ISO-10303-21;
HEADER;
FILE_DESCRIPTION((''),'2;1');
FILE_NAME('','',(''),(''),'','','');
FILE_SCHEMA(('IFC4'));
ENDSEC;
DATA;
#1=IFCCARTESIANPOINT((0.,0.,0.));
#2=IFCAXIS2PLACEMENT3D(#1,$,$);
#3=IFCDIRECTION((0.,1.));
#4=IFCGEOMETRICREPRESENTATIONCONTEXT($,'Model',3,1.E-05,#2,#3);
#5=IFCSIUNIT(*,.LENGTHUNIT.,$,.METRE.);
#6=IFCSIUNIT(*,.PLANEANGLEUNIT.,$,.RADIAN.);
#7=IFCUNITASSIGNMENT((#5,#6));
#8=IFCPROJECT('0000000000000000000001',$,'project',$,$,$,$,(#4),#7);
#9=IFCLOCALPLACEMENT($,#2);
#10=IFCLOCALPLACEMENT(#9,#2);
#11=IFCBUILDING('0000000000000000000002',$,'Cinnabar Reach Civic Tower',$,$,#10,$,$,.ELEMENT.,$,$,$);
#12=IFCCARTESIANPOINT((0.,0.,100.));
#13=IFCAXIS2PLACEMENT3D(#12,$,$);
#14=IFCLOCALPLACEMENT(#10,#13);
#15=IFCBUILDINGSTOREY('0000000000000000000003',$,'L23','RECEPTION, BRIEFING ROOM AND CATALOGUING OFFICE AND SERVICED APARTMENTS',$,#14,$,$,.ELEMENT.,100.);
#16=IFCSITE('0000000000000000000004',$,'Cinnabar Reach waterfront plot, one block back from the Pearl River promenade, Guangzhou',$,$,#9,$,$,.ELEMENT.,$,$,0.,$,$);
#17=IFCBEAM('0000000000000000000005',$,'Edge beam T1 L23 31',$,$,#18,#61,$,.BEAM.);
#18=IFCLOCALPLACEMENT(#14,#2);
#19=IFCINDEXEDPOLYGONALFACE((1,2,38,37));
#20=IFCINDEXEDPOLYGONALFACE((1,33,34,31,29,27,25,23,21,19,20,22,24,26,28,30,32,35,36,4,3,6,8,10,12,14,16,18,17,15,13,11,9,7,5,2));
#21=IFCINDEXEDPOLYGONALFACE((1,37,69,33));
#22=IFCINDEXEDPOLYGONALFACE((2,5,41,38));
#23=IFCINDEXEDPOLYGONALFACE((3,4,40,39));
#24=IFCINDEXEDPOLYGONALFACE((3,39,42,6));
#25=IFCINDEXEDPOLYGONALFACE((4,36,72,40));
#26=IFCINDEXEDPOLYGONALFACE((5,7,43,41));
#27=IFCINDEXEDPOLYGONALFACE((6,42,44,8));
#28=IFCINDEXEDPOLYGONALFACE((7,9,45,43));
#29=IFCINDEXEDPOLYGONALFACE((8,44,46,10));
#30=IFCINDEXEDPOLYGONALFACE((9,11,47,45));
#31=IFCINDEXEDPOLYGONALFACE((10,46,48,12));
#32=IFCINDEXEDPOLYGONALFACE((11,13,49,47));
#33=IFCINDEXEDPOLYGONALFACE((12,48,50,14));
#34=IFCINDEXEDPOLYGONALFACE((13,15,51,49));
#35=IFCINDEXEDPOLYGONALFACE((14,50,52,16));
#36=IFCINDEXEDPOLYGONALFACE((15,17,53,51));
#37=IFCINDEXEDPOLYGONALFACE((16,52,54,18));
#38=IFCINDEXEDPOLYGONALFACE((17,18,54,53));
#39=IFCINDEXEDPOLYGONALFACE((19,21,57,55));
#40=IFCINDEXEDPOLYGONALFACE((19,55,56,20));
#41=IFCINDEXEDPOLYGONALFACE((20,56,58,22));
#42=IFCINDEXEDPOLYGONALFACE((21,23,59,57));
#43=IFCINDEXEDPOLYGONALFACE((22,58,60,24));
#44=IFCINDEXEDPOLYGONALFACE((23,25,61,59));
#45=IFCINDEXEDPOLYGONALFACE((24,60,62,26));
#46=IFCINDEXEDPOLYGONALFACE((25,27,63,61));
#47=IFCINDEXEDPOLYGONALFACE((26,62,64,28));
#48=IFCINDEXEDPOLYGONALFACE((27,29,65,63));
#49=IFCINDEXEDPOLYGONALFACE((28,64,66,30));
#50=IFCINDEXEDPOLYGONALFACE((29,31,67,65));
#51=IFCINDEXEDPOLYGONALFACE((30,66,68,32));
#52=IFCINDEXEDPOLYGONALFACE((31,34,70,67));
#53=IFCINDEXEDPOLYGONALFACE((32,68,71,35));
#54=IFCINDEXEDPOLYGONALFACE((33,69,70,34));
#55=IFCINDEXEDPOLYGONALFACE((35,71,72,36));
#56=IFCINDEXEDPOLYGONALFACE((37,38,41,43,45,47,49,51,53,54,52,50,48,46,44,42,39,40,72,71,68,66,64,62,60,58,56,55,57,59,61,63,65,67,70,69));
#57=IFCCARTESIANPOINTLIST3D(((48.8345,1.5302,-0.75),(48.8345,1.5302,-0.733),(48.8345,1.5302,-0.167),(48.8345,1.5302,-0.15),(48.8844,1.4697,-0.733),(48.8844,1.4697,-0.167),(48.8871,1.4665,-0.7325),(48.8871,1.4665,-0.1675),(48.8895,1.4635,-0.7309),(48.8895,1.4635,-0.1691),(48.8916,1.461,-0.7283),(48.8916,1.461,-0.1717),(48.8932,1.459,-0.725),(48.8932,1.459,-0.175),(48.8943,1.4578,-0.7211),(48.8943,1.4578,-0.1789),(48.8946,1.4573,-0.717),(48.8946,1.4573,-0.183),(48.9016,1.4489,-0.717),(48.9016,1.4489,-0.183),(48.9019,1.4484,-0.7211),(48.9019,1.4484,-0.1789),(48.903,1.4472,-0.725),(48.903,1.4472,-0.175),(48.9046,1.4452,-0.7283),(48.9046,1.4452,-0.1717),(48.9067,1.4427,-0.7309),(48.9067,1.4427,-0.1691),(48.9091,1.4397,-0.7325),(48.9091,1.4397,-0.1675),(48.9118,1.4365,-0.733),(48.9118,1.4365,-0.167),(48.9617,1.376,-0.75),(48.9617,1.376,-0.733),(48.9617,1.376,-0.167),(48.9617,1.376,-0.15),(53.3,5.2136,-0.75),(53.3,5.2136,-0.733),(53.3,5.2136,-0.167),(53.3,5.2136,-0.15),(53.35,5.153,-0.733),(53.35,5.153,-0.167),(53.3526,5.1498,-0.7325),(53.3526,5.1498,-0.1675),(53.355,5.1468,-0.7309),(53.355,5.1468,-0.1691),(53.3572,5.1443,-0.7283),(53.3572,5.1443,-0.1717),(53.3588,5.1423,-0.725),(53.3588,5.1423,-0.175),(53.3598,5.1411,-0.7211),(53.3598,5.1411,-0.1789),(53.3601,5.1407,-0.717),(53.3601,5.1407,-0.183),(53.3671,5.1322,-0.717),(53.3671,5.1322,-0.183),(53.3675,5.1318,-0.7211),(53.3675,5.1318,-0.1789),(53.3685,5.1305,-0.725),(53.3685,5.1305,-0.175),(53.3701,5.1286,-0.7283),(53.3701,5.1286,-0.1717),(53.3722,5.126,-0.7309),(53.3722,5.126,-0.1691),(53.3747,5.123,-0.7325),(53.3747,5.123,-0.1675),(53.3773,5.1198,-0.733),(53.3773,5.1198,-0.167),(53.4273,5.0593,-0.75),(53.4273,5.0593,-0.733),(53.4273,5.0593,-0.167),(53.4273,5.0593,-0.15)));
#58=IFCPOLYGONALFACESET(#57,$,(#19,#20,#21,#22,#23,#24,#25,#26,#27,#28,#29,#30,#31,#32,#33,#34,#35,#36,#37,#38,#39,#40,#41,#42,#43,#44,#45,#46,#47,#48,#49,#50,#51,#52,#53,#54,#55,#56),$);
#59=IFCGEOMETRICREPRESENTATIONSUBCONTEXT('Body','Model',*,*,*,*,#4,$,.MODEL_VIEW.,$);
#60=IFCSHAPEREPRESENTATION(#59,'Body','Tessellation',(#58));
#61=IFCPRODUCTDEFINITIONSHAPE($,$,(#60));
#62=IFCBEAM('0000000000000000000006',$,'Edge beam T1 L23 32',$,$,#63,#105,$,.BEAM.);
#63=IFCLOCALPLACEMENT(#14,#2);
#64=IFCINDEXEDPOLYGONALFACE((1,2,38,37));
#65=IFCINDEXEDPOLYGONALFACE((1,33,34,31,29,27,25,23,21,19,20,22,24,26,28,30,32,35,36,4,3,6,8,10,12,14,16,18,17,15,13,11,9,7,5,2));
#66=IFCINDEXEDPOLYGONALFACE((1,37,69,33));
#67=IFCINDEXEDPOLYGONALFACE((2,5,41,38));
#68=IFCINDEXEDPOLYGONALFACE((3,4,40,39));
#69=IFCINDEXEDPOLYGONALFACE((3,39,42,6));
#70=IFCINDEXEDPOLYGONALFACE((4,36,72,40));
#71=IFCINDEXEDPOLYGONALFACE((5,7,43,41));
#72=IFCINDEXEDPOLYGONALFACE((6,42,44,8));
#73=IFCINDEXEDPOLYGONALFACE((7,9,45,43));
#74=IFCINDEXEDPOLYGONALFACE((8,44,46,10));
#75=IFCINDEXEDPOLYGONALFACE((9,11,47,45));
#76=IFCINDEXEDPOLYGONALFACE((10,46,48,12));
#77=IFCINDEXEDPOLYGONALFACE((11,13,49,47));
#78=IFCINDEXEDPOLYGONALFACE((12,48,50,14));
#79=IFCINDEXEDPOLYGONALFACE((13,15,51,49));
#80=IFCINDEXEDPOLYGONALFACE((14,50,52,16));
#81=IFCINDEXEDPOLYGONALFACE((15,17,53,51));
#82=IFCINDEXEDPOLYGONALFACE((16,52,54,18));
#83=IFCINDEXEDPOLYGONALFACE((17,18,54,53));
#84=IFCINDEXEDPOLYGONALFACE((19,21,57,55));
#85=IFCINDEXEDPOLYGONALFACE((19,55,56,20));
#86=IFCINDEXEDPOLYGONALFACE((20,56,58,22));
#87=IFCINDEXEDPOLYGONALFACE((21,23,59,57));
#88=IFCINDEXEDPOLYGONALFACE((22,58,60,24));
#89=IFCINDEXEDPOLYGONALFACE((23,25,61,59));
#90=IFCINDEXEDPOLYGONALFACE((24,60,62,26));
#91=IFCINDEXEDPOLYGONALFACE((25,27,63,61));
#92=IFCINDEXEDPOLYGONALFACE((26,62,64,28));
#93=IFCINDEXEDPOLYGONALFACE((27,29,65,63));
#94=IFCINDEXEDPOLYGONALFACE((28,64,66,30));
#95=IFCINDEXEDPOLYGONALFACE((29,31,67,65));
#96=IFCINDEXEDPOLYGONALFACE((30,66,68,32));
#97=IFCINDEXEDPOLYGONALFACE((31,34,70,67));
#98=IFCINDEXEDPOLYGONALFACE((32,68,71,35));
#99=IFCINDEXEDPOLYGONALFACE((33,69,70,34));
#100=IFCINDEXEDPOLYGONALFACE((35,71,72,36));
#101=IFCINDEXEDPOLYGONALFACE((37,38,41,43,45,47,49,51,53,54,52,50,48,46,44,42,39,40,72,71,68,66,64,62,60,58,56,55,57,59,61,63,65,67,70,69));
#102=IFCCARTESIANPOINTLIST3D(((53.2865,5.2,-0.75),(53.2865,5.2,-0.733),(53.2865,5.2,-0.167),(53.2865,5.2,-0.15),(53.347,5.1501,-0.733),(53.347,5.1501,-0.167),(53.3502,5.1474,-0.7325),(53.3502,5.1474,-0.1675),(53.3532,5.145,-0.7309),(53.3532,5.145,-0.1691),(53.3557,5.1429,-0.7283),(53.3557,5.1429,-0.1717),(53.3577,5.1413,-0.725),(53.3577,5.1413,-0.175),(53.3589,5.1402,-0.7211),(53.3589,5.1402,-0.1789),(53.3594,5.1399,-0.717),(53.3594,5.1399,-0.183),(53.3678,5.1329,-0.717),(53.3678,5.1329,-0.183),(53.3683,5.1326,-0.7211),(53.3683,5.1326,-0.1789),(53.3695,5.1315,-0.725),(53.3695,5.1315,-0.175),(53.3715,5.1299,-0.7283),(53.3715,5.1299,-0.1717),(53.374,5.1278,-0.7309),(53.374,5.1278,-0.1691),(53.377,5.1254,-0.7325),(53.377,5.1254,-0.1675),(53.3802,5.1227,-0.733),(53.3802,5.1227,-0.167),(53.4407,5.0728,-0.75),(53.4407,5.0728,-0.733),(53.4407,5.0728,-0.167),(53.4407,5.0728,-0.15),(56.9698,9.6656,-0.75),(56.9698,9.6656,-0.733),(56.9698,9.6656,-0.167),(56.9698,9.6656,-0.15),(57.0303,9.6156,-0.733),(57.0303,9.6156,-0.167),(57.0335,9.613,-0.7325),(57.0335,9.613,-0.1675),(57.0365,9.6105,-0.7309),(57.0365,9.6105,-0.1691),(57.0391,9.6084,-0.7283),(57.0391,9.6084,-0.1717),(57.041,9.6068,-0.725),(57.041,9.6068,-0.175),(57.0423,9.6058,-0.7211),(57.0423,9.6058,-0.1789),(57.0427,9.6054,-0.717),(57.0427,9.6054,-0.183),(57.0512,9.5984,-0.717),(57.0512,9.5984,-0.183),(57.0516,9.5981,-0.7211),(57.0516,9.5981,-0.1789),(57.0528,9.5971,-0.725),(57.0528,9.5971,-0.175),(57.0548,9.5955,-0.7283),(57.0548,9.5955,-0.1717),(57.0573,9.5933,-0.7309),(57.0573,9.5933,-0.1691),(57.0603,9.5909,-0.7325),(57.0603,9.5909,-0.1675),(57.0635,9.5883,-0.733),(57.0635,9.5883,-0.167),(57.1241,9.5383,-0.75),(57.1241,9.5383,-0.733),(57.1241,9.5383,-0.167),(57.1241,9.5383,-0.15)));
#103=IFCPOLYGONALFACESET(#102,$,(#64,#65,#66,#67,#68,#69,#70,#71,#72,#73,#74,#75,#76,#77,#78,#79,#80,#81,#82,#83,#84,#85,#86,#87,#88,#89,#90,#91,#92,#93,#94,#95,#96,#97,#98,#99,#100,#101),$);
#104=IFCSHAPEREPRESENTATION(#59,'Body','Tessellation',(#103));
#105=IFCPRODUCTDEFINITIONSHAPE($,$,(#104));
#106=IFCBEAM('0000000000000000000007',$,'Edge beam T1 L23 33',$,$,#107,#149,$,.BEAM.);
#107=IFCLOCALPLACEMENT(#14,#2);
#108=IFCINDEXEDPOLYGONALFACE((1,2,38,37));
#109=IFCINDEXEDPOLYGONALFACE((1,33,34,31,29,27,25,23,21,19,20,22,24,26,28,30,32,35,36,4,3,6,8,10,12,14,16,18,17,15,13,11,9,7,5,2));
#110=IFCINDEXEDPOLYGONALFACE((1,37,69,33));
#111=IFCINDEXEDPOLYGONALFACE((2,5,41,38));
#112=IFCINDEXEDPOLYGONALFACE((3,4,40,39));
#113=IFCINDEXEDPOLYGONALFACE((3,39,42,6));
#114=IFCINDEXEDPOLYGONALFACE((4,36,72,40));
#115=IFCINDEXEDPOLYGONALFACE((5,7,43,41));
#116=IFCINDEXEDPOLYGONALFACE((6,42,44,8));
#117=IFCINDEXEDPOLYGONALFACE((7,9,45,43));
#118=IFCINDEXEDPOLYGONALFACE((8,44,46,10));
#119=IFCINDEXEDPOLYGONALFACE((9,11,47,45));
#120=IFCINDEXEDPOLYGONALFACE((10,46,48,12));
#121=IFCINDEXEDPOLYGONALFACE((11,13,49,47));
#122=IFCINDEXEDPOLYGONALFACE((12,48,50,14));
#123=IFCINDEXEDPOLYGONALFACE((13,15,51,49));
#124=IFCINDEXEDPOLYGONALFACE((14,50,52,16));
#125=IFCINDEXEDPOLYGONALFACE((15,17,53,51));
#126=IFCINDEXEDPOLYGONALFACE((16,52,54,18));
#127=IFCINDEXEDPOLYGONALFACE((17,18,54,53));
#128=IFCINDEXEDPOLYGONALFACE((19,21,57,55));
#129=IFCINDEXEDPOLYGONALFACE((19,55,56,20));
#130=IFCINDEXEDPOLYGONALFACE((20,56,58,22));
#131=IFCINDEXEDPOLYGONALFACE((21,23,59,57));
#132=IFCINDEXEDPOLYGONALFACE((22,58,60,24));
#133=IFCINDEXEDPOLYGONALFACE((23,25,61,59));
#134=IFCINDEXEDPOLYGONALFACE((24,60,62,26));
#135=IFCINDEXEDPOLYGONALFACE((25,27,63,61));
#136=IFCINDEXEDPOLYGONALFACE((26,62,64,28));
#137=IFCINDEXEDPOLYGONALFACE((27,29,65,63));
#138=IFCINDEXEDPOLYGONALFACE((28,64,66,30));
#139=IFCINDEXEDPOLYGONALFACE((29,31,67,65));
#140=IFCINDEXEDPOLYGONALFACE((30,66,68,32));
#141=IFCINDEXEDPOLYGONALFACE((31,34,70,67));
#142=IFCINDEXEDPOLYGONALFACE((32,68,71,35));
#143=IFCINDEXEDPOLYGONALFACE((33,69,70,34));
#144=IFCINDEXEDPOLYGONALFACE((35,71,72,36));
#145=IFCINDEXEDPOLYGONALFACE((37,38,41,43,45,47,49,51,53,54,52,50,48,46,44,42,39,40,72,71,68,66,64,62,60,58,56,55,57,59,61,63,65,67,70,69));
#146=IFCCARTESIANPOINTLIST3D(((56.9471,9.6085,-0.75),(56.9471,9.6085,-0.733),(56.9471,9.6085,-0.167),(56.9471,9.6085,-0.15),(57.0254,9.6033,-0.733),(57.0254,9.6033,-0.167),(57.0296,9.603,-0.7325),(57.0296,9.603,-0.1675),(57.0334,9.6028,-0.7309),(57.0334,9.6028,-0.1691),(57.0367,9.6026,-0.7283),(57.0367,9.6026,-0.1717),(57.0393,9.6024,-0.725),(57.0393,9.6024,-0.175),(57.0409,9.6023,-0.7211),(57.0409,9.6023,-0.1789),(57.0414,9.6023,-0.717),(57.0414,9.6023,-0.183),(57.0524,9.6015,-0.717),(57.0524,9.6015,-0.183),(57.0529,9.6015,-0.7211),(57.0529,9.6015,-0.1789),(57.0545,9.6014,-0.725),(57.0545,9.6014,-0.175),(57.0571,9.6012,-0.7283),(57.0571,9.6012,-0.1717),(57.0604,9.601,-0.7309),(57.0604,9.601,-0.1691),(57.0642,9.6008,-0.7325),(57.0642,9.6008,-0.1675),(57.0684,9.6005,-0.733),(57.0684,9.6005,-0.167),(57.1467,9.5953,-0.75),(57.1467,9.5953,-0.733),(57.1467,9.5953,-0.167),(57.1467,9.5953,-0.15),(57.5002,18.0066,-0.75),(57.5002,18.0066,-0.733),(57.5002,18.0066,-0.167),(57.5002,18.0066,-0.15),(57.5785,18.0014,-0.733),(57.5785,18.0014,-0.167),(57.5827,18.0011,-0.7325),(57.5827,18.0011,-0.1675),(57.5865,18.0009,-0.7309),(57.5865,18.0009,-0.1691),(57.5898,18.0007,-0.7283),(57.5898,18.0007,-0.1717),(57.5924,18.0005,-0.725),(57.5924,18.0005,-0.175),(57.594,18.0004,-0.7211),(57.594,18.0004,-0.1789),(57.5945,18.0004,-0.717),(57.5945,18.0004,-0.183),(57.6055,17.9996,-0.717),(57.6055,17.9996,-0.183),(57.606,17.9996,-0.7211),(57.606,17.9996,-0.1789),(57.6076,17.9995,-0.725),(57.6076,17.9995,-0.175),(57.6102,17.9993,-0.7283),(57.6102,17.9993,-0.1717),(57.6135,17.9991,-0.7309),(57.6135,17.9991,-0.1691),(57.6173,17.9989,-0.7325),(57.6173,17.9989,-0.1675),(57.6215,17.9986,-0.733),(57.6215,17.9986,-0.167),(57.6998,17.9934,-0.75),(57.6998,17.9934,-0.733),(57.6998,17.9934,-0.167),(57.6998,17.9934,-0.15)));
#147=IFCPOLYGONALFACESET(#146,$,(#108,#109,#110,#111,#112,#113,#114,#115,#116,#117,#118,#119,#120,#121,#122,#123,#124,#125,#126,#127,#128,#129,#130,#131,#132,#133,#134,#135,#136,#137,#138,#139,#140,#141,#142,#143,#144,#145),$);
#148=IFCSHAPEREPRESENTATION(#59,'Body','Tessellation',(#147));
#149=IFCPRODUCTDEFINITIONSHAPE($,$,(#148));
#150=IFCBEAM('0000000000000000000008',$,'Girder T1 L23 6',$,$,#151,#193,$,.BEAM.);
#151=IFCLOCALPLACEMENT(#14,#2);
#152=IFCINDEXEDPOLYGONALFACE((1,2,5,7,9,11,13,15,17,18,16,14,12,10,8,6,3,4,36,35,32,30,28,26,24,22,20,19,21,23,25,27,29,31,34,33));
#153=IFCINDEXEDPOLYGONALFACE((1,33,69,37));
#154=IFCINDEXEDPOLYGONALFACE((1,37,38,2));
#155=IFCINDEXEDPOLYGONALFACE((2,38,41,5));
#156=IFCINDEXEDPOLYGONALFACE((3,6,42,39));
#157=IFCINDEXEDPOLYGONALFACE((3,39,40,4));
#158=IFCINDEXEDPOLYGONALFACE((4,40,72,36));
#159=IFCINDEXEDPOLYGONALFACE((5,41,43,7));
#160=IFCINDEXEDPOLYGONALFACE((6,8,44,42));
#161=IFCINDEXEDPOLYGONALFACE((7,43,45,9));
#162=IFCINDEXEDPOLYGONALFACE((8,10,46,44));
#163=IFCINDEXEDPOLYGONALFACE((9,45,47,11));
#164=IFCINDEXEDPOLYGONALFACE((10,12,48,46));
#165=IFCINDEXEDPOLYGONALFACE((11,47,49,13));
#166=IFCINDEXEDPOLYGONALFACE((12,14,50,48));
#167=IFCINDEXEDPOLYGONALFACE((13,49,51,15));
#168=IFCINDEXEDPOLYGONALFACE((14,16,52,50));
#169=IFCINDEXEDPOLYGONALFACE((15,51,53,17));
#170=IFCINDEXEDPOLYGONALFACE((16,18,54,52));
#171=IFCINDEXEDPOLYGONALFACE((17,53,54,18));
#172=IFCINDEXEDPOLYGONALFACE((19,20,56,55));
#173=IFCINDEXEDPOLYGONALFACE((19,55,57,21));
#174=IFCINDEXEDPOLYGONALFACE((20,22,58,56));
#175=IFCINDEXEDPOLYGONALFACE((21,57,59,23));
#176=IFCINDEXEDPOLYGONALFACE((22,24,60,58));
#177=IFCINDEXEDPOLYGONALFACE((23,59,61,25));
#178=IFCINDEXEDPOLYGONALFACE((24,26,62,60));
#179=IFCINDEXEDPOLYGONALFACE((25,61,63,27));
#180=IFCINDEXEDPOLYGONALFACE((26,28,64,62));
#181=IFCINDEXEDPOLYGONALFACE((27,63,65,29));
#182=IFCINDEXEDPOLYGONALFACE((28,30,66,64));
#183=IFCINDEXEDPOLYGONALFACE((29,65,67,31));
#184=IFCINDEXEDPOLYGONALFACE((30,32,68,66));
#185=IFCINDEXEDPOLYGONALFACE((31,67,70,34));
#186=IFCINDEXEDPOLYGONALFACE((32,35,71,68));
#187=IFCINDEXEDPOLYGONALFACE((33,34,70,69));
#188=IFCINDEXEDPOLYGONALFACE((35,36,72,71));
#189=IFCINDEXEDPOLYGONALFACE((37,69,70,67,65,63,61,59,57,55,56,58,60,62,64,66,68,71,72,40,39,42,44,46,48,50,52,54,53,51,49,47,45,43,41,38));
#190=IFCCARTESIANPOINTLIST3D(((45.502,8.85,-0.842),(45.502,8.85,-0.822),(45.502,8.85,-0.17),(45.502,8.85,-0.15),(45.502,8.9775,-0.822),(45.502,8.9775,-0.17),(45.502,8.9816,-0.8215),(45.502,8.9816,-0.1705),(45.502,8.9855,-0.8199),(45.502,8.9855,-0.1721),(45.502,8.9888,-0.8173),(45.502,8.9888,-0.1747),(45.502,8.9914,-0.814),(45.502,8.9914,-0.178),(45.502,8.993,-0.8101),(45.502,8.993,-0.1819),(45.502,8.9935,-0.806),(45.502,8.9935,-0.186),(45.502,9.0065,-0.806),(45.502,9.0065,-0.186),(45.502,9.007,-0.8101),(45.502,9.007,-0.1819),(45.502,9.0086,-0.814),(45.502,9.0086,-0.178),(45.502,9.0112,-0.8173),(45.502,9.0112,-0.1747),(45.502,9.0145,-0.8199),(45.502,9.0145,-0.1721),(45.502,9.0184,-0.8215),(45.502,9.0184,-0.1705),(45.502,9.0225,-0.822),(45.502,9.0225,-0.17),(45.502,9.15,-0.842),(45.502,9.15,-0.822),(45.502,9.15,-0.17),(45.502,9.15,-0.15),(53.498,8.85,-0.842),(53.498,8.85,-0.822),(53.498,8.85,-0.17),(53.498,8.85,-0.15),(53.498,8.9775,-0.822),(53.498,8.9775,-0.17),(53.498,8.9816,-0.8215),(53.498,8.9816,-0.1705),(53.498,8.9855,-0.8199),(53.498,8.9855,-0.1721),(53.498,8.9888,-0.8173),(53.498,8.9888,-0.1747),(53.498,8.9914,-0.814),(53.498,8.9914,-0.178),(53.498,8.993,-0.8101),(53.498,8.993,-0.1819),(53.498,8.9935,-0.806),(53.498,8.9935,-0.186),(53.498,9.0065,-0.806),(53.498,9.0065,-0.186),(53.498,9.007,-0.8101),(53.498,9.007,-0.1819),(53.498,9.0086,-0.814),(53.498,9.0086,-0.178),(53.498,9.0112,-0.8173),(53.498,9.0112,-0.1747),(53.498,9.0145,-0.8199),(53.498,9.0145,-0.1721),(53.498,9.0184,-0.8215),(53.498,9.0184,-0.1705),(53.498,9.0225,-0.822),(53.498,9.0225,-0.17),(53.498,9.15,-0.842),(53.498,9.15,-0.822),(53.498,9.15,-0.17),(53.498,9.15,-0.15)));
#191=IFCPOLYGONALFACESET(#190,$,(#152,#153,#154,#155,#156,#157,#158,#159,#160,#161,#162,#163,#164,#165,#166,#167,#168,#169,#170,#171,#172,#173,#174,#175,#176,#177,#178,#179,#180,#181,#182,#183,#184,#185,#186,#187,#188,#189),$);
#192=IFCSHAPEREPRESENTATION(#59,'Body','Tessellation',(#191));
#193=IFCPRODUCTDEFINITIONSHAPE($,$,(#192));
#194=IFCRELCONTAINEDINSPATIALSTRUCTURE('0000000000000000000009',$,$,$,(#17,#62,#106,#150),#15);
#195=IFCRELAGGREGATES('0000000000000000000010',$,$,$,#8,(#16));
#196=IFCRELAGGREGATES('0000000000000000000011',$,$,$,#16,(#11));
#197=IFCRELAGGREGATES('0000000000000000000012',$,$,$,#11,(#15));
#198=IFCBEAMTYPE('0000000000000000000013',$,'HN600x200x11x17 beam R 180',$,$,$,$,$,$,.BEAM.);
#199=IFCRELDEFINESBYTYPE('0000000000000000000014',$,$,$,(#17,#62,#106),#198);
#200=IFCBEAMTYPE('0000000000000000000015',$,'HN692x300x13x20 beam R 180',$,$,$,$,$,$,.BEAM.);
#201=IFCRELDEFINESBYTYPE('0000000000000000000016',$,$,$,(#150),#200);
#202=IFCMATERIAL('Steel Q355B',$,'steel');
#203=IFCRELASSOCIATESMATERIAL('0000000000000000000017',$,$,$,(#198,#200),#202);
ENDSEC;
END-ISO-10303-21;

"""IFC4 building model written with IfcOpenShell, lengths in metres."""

from ifc_helpers import new_model, si_unit, direction, frame, origin, origin_2d, place, context, subcontext, project, spatial, i_section, extrude, material, material_profile, profile_set, type_object, element, save


model = new_model("IFC4")

# Units and contexts
model_context = context("Model", 3, precision=1e-05, world=origin(), true_north=direction((0.0, 1.0)))
body_context = subcontext(model_context, "Body", "Model", "MODEL_VIEW")
ifc_project = project(units=[si_unit("LENGTHUNIT", "METRE"), si_unit("PLANEANGLEUNIT", "RADIAN")], contexts=[model_context])

# Site, building, storey
site_placement = place(None, origin())
site = spatial("IfcSite", under=ifc_project, at=site_placement, Name="Cinnabar Reach waterfront plot, one block back from the Pearl River promenade, Guangzhou", CompositionType="ELEMENT", RefElevation=0.0)
building_placement = place(site_placement, origin())
building = spatial("IfcBuilding", under=site, at=building_placement, Name="Cinnabar Reach Civic Tower", CompositionType="ELEMENT")
storey_placement = place(building_placement, frame((0.0, 0.0, 100.0)))
storey = spatial("IfcBuildingStorey", under=building, at=storey_placement, Name="L23", Description="RECEPTION, BRIEFING ROOM AND CATALOGUING OFFICE AND SERVICED APARTMENTS", CompositionType="ELEMENT", Elevation=100.0)

# Beams
ifc_material_1 = material(Name="Steel Q355B", Category="steel")
ifc_material_profile_1 = material_profile(ifc_material_1, i_section(OverallWidth=0.2, OverallDepth=0.6, WebThickness=0.011, FlangeThickness=0.017, FilletRadius=0.016, at=origin_2d()), Name="HN600x200x11x17")
ifc_profile_set_1 = profile_set([ifc_material_profile_1], Name="Steel Q355B")
beam_type_1 = type_object("IfcBeamType", Name="HN600x200x11x17 beam R 180", PredefinedType="BEAM", material=ifc_profile_set_1)
for number, where, z_axis, x_axis, name in (
    (1, (48.8981, 1.4531, -0.45), (0.771436, 0.636307, 0.0), (-0.636307, 0.771436, 0.0), "Edge beam T1 L23 31"),
    (2, (53.3636, 5.1364, -0.45), (0.636307, 0.771436, 0.0), (-0.771436, 0.636307, 0.0), "Edge beam T1 L23 32"),
):
    element("IfcBeam", number, at=place(storey_placement, frame(where, z_axis=z_axis, x_axis=x_axis)), inside=storey, type_object=beam_type_1, Name=name, PredefinedType="BEAM", context=body_context, shape_type="SweptSolid", body=[
        extrude(i_section(OverallWidth=0.2, OverallDepth=0.6, WebThickness=0.011, FlangeThickness=0.017, FilletRadius=0.016, at=origin_2d()), origin(), (0.0, 0.0, 1.0), 5.7886),
    ])
beam_1_placement = place(storey_placement, frame((57.0469, 9.6019, -0.45), z_axis=(0.065718, 0.997838, 0.0), x_axis=(-0.997838, 0.065718, 0.0)))
element("IfcBeam", 3, at=beam_1_placement, inside=storey, type_object=beam_type_1, Name="Edge beam T1 L23 33", PredefinedType="BEAM", context=body_context, shape_type="SweptSolid", body=[
    extrude(i_section(OverallWidth=0.2, OverallDepth=0.6, WebThickness=0.011, FlangeThickness=0.017, FilletRadius=0.016, at=origin_2d()), origin(), (0.0, 0.0, 1.0), 8.4163),
])
ifc_material_profile_2 = material_profile(ifc_material_1, i_section(OverallWidth=0.3, OverallDepth=0.692, WebThickness=0.013, FlangeThickness=0.02, FilletRadius=0.016, at=origin_2d()), Name="HN692x300x13x20")
ifc_profile_set_2 = profile_set([ifc_material_profile_2], Name="Steel Q355B")
beam_type_2 = type_object("IfcBeamType", Name="HN692x300x13x20 beam R 180", PredefinedType="BEAM", material=ifc_profile_set_2)
beam_2_placement = place(storey_placement, frame((45.502, 9.0, -0.496), z_axis=(1.0, 0.0, 0.0), x_axis=(0.0, 1.0, 0.0)))
element("IfcBeam", 4, at=beam_2_placement, inside=storey, type_object=beam_type_2, Name="Girder T1 L23 6", PredefinedType="BEAM", context=body_context, shape_type="SweptSolid", body=[
    extrude(i_section(OverallWidth=0.3, OverallDepth=0.692, WebThickness=0.013, FlangeThickness=0.02, FilletRadius=0.016, at=origin_2d()), origin(), (0.0, 0.0, 1.0), 7.996),
])

save(model, "model.ifc")
